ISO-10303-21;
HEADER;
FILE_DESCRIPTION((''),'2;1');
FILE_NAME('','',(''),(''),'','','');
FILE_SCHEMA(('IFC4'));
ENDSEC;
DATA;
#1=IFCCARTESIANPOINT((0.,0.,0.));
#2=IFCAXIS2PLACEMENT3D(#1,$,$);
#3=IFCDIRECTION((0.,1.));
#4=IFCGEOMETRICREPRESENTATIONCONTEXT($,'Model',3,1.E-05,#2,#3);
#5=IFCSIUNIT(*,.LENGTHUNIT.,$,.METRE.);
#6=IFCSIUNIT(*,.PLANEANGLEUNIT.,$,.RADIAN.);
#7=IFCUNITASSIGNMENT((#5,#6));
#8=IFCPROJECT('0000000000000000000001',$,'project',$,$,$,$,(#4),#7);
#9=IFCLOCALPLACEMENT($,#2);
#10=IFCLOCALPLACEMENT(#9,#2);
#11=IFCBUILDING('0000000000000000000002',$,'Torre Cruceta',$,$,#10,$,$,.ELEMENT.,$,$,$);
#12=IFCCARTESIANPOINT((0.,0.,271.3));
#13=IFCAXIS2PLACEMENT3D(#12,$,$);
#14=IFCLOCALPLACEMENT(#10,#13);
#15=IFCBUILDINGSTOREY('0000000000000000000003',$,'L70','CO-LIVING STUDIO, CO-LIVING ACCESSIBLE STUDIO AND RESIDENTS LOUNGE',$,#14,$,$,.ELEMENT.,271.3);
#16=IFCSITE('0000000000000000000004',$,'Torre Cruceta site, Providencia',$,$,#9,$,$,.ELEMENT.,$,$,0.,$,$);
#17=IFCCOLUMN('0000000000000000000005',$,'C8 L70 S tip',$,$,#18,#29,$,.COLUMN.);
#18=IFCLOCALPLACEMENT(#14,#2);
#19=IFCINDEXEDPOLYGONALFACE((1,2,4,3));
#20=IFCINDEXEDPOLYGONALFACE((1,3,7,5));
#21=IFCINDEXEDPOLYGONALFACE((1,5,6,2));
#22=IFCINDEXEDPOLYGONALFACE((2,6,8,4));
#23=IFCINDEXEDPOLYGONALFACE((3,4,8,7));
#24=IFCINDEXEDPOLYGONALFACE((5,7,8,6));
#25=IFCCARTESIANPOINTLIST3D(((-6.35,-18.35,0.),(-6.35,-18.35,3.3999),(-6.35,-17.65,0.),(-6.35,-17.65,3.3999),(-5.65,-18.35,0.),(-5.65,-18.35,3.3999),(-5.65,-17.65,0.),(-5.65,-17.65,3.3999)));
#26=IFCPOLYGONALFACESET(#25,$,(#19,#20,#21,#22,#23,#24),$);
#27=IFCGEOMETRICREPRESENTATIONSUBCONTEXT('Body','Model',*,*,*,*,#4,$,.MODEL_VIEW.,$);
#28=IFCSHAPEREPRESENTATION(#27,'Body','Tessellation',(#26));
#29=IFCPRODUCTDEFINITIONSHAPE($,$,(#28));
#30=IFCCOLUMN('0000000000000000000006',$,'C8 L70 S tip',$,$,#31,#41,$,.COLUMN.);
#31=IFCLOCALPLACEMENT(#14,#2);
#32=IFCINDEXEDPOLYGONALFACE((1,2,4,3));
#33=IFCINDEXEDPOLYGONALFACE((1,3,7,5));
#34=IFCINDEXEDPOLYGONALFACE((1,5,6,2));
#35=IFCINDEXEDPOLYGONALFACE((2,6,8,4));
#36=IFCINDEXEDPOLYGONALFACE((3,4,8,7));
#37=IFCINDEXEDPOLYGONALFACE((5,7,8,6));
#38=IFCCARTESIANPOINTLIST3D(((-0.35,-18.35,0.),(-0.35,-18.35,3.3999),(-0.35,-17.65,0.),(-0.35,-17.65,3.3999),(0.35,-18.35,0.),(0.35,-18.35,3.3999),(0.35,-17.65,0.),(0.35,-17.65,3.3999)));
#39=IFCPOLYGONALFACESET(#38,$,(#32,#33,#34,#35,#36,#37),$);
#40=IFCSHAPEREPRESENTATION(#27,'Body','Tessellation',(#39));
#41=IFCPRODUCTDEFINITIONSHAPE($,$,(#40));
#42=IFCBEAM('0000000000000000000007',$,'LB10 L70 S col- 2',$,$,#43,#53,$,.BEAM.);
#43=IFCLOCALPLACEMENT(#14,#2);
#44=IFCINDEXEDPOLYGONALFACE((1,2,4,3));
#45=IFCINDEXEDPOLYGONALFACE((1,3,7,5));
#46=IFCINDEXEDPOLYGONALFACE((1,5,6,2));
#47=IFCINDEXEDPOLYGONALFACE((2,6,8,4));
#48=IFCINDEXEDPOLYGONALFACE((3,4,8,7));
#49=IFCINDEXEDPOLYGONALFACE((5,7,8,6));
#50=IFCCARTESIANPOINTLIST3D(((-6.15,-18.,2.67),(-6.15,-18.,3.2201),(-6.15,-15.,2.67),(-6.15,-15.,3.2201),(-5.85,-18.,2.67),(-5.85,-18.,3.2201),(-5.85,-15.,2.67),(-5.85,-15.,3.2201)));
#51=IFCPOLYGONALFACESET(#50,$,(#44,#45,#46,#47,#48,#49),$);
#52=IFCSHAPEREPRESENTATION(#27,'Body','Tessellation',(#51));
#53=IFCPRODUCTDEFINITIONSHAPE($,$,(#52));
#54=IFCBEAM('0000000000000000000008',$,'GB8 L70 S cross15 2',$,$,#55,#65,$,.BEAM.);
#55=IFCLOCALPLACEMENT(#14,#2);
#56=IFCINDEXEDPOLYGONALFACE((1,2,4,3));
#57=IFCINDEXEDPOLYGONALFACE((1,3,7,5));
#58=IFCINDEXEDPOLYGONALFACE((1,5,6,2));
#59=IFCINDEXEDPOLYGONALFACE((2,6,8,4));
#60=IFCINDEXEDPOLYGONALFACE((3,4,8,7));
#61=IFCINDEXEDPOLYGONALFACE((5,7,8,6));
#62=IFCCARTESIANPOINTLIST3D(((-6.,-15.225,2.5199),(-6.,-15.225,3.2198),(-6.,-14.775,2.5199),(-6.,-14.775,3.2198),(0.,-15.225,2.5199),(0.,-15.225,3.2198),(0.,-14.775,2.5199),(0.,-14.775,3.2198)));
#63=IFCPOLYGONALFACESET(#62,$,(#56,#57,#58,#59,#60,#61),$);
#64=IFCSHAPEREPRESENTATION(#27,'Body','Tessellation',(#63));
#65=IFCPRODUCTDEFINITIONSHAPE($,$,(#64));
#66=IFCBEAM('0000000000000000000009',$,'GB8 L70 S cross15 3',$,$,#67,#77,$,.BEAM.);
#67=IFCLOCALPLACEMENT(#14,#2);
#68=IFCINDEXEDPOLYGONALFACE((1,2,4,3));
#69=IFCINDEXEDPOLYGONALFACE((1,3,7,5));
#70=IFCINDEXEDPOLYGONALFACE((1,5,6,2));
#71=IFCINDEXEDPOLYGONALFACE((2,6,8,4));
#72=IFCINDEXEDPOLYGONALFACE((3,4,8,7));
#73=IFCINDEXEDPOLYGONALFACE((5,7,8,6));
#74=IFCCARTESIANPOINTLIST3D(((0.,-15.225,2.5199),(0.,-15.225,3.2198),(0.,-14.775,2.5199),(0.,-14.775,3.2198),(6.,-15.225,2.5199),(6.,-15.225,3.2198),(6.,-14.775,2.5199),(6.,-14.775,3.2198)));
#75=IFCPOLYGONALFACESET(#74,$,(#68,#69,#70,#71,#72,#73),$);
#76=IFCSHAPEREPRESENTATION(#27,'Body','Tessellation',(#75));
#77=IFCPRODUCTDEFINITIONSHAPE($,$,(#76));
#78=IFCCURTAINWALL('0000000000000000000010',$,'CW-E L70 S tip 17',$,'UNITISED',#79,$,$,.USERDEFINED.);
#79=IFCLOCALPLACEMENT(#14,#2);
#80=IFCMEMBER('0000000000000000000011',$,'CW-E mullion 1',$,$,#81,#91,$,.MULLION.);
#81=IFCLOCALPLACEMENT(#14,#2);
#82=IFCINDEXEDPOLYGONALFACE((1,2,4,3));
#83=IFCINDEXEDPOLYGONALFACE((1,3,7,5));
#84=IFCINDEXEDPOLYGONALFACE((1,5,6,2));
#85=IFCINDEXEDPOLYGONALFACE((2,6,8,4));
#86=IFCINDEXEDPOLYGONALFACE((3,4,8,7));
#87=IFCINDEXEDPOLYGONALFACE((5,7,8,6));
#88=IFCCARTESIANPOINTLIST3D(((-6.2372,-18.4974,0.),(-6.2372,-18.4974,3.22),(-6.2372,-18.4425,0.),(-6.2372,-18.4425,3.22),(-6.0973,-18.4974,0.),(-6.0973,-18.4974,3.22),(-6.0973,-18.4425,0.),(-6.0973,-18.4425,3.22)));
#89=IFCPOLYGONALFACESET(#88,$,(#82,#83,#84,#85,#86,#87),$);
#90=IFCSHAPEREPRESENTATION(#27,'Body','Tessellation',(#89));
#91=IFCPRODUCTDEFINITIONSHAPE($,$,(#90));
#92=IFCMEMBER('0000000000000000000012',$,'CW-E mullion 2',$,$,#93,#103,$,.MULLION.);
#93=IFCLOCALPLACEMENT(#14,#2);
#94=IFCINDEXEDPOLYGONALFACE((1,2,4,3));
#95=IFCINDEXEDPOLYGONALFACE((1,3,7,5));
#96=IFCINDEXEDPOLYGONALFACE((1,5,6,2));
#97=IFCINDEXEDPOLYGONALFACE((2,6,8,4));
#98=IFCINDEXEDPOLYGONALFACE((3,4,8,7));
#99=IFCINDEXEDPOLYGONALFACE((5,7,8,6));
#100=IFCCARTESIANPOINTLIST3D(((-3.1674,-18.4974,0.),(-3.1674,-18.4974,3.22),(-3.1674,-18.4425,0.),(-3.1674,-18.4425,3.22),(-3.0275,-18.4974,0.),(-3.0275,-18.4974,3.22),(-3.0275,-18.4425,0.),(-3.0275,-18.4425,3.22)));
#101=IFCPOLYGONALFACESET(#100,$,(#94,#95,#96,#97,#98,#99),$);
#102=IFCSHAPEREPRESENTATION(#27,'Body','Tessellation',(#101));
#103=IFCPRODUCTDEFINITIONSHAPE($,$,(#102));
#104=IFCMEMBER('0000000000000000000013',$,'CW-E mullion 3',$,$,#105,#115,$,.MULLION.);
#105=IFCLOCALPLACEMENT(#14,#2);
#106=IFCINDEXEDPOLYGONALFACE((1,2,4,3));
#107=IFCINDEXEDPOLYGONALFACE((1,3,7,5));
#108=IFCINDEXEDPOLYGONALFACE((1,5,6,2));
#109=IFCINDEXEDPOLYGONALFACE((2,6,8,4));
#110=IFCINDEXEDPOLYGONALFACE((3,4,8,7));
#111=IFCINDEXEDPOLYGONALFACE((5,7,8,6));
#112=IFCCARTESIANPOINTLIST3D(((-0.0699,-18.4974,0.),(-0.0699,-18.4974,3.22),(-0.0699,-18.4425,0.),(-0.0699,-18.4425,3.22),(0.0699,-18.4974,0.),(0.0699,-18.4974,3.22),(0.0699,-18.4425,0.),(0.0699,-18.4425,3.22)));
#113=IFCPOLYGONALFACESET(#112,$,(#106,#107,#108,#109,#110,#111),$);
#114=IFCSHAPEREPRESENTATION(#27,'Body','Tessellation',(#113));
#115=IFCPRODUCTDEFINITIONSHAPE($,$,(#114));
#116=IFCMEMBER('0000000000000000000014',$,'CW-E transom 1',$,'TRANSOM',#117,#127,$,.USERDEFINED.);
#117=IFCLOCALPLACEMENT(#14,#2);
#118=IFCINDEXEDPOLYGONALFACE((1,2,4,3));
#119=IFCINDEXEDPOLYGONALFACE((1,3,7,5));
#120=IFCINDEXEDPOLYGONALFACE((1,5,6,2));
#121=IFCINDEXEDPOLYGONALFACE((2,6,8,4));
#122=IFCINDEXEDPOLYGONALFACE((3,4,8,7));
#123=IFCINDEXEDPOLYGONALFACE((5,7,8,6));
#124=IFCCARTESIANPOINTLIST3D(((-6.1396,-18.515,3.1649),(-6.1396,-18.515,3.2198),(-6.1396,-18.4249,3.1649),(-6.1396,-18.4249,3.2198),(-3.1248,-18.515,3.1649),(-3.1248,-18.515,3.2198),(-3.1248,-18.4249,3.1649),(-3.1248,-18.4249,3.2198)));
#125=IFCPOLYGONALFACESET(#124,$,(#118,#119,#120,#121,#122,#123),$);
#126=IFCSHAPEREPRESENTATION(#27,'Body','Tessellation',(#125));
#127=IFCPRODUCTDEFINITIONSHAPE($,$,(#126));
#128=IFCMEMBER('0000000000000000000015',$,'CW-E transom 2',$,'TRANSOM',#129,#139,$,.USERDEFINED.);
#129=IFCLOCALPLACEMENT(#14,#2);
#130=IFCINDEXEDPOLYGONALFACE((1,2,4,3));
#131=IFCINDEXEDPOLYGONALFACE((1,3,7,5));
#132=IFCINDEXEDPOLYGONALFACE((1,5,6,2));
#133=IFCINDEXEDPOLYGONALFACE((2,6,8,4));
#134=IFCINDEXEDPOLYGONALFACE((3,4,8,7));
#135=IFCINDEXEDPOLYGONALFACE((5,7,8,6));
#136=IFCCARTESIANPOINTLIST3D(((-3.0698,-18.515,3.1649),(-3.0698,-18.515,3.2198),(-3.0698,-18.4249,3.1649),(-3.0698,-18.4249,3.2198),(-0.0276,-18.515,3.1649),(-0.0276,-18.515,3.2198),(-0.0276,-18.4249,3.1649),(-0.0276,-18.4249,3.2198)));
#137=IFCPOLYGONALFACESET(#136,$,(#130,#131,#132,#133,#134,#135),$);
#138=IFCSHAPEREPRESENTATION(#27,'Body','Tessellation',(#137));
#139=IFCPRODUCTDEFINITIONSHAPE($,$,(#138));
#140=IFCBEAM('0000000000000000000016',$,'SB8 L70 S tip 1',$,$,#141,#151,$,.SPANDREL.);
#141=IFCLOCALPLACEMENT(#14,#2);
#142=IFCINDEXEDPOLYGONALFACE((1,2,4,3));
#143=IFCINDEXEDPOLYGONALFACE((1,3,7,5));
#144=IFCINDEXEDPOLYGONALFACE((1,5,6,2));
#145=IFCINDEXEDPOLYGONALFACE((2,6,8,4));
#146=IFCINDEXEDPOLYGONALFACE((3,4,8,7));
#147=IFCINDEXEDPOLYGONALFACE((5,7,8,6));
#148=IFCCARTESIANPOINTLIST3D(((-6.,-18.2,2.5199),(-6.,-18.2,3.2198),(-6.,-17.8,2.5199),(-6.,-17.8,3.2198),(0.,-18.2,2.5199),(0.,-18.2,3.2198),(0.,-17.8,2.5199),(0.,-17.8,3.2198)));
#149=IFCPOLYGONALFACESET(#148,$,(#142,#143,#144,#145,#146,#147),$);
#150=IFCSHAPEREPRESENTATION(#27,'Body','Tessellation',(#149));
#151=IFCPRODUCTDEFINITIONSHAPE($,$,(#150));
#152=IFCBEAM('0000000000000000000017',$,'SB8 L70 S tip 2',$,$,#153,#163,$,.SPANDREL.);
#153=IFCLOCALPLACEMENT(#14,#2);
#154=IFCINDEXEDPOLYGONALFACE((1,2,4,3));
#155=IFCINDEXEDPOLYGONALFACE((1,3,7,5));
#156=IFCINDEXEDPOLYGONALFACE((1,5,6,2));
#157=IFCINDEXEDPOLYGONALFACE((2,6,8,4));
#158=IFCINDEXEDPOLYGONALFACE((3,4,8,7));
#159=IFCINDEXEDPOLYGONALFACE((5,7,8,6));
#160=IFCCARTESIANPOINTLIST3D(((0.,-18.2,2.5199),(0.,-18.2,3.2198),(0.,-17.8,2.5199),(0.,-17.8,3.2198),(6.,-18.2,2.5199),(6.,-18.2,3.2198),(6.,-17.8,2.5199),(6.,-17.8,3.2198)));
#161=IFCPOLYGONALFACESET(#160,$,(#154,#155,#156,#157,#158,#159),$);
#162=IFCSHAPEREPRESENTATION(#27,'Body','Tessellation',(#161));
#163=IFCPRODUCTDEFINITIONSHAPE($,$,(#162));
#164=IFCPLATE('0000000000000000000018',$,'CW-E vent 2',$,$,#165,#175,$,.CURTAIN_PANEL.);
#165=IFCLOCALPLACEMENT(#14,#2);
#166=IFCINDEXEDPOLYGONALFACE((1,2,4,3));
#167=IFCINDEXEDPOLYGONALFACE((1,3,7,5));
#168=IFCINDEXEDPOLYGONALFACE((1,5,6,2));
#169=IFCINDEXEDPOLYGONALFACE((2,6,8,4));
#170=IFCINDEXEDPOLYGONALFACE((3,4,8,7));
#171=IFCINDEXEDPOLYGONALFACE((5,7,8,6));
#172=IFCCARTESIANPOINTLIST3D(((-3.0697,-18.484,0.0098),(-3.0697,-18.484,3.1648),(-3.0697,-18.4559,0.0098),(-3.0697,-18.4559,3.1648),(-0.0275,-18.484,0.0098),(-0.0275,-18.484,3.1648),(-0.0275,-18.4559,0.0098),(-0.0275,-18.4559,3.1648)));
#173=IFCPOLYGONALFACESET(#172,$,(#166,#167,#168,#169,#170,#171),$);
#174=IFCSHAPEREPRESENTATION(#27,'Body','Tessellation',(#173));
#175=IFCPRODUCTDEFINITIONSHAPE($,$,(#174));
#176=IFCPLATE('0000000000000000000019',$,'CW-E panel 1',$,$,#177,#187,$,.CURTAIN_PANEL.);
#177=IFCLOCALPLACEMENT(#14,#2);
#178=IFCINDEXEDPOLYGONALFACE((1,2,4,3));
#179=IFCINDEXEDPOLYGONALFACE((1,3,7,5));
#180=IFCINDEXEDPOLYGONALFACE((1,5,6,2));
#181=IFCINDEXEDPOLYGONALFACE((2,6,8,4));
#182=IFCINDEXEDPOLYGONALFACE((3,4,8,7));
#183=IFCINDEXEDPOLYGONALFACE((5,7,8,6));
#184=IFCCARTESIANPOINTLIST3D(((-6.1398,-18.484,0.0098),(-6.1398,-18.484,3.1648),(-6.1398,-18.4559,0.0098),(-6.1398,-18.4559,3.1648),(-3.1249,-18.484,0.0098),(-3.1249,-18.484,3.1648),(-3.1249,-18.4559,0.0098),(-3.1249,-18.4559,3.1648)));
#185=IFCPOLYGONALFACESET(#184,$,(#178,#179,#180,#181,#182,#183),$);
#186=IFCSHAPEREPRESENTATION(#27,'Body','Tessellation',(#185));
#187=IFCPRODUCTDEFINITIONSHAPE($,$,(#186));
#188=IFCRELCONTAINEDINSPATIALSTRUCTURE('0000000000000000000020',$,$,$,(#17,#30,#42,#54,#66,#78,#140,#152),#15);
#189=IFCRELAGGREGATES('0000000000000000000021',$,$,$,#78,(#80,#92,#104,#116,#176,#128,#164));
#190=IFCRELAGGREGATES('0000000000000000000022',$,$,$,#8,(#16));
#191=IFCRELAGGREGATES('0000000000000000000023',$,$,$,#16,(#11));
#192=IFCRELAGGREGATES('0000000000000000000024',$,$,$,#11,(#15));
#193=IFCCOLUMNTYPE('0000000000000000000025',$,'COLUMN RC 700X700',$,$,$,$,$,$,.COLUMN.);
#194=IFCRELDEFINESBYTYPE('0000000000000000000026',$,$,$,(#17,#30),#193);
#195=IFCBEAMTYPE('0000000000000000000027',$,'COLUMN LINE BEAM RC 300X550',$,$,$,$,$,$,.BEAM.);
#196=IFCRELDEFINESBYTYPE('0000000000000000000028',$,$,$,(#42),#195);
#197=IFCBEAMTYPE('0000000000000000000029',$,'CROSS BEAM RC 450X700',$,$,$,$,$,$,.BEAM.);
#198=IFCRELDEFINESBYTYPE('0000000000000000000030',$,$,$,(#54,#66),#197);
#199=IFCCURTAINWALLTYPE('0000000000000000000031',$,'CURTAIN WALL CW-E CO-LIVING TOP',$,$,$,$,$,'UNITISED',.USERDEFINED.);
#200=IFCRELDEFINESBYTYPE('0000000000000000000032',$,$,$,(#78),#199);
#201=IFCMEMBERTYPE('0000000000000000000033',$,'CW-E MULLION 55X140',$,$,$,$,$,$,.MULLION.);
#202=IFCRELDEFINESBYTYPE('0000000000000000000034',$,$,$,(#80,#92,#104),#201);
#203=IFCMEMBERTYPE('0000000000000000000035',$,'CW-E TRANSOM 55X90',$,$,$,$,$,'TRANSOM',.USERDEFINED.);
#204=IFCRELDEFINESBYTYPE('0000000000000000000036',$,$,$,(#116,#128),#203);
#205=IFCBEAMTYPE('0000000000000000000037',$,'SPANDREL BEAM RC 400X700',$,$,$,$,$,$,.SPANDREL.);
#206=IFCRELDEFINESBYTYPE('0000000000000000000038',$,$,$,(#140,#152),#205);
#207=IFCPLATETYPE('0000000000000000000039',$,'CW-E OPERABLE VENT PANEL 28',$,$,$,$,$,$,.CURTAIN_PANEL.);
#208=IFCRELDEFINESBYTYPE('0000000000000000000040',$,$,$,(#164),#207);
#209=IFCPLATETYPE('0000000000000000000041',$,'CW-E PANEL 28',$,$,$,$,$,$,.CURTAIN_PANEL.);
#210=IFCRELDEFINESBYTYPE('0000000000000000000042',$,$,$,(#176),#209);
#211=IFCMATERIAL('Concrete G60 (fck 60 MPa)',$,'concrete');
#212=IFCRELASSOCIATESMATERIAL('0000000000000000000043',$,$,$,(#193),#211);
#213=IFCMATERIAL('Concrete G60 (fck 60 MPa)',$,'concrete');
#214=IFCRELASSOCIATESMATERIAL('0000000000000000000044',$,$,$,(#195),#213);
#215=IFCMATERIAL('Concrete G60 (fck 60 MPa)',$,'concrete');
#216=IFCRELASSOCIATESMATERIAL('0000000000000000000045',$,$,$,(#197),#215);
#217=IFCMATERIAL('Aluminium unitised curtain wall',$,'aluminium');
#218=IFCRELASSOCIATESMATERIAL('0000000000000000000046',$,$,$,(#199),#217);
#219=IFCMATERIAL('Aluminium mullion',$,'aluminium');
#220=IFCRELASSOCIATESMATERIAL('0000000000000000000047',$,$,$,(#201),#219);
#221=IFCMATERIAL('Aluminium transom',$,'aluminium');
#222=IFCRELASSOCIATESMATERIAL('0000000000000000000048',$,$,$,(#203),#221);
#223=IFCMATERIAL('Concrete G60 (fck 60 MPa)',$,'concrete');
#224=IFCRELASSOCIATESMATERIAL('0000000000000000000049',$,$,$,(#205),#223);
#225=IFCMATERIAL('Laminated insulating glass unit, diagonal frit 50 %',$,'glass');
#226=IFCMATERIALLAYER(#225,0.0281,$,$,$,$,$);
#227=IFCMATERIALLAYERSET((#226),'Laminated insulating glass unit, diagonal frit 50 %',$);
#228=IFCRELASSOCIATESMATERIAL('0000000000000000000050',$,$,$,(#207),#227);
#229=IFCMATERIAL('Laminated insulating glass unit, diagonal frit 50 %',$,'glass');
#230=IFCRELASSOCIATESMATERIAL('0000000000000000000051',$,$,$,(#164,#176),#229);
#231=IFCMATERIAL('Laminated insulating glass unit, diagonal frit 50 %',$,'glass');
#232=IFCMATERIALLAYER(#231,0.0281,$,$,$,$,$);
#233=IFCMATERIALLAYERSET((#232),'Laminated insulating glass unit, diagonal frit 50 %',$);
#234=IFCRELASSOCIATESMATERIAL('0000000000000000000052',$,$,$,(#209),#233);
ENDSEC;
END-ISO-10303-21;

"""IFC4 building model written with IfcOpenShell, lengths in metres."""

from ifc_helpers import new_model, si_unit, direction, frame, origin, origin_2d, place, context, subcontext, project, spatial, rectangle, extrude, material, layer, layer_set, material_profile, profile_set, type_object, element, aggregate, save


model = new_model("IFC4")

# Units and contexts
model_context = context("Model", 3, precision=1e-05, world=origin(), true_north=direction((0.0, 1.0)))
body_context = subcontext(model_context, "Body", "Model", "MODEL_VIEW")
ifc_project = project(units=[si_unit("LENGTHUNIT", "METRE"), si_unit("PLANEANGLEUNIT", "RADIAN")], contexts=[model_context])

# Site, building, storey
site_placement = place(None, origin())
site = spatial("IfcSite", under=ifc_project, at=site_placement, Name="Torre Cruceta site, Providencia", CompositionType="ELEMENT", RefElevation=0.0)
building_placement = place(site_placement, origin())
building = spatial("IfcBuilding", under=site, at=building_placement, Name="Torre Cruceta", CompositionType="ELEMENT")
storey_placement = place(building_placement, frame((0.0, 0.0, 271.3)))
storey = spatial("IfcBuildingStorey", under=building, at=storey_placement, Name="L70", Description="CO-LIVING STUDIO, CO-LIVING ACCESSIBLE STUDIO AND RESIDENTS LOUNGE", CompositionType="ELEMENT", Elevation=271.3)

# Columns
ifc_material_1 = material(Name="Concrete G60 (fck 60 MPa)", Category="concrete")
ifc_material_profile_1 = material_profile(ifc_material_1, rectangle(XDim=0.7, YDim=0.7, at=origin_2d()), Name="RC 700X700")
ifc_profile_set_1 = profile_set([ifc_material_profile_1], Name="Concrete G60 (fck 60 MPa)")
column_type = type_object("IfcColumnType", Name="COLUMN RC 700X700", PredefinedType="COLUMN", material=ifc_profile_set_1)
for number, where, z_axis, x_axis, name in (
    (1, (-6.0, -18.0, 0.0), (0.0, 0.0, 1.0), (1.0, 0.0, 0.0), "C8 L70 S tip"),
    (2, (0.0, -18.0, 0.0), (0.0, 0.0, 1.0), (1.0, 0.0, 0.0), "C8 L70 S tip"),
):
    element("IfcColumn", number, at=place(storey_placement, frame(where, z_axis=z_axis, x_axis=x_axis)), inside=storey, type_object=column_type, Name=name, PredefinedType="COLUMN", context=body_context, shape_type="SweptSolid", body=[
        extrude(rectangle(XDim=0.7, YDim=0.7, at=origin_2d()), origin(), (0.0, 0.0, 1.0), 3.3999),
    ])

# Beams
ifc_material_2 = material(Name="Concrete G60 (fck 60 MPa)", Category="concrete")
ifc_material_profile_2 = material_profile(ifc_material_2, rectangle(XDim=0.3, YDim=0.55, at=origin_2d()), Name="RC 300X550")
ifc_profile_set_2 = profile_set([ifc_material_profile_2], Name="Concrete G60 (fck 60 MPa)")
beam_type_1 = type_object("IfcBeamType", Name="COLUMN LINE BEAM RC 300X550", PredefinedType="BEAM", material=ifc_profile_set_2)
beam_placement = place(storey_placement, frame((-6.0, -15.0, 2.9451), z_axis=(0.0, -1.0, 0.0), x_axis=(1.0, 0.0, 0.0)))
element("IfcBeam", 3, at=beam_placement, inside=storey, type_object=beam_type_1, Name="LB10 L70 S col- 2", PredefinedType="BEAM", context=body_context, shape_type="SweptSolid", body=[
    extrude(rectangle(XDim=0.3, YDim=0.55, at=origin_2d()), origin(), (0.0, 0.0, 1.0), 3.0),
])
ifc_material_3 = material(Name="Concrete G60 (fck 60 MPa)", Category="concrete")
ifc_material_profile_3 = material_profile(ifc_material_3, rectangle(XDim=0.45, YDim=0.7, at=origin_2d()), Name="RC 450X700")
ifc_profile_set_3 = profile_set([ifc_material_profile_3], Name="Concrete G60 (fck 60 MPa)")
beam_type_2 = type_object("IfcBeamType", Name="CROSS BEAM RC 450X700", PredefinedType="BEAM", material=ifc_profile_set_3)
for number, where, z_axis, x_axis, name in (
    (4, (-6.0, -15.0, 2.8699), (1.0, 0.0, 0.0), (0.0, 1.0, 0.0), "GB8 L70 S cross15 2"),
    (5, (0.0, -15.0, 2.8699), (1.0, 0.0, 0.0), (0.0, 1.0, 0.0), "GB8 L70 S cross15 3"),
):
    element("IfcBeam", number, at=place(storey_placement, frame(where, z_axis=z_axis, x_axis=x_axis)), inside=storey, type_object=beam_type_2, Name=name, PredefinedType="BEAM", context=body_context, shape_type="SweptSolid", body=[
        extrude(rectangle(XDim=0.45, YDim=0.7, at=origin_2d()), origin(), (0.0, 0.0, 1.0), 6.0),
    ])

# Curtain wall, members
ifc_material_4 = material(Name="Aluminium unitised curtain wall", Category="aluminium")
curtain_wall_type = type_object("IfcCurtainWallType", Name="CURTAIN WALL CW-E CO-LIVING TOP", ElementType="UNITISED", PredefinedType="USERDEFINED", material=ifc_material_4)
curtain_wall_placement = place(storey_placement, origin())
curtain_wall = element("IfcCurtainWall", 6, at=curtain_wall_placement, inside=storey, type_object=curtain_wall_type, Name="CW-E L70 S tip 17", ObjectType="UNITISED", PredefinedType="USERDEFINED")
ifc_material_5 = material(Name="Aluminium mullion", Category="aluminium")
ifc_material_profile_4 = material_profile(ifc_material_5, rectangle(XDim=0.0549, YDim=0.1399, at=origin_2d()), Name="AL 55X140")
ifc_profile_set_4 = profile_set([ifc_material_profile_4], Name="Aluminium mullion")
member_type_1 = type_object("IfcMemberType", Name="CW-E MULLION 55X140", PredefinedType="MULLION", material=ifc_profile_set_4)
member_1_placement = place(storey_placement, frame((-6.1672, -18.47, 0.0), z_axis=(0.0, 0.0, 1.0), x_axis=(0.0, 1.0, 0.0)))
member_1 = element("IfcMember", 7, at=member_1_placement, type_object=member_type_1, Name="CW-E mullion 1", PredefinedType="MULLION", context=body_context, shape_type="SweptSolid", body=[
    extrude(rectangle(XDim=0.0549, YDim=0.1399, at=origin_2d()), origin(), (0.0, 0.0, 1.0), 3.22),
])
member_2_placement = place(storey_placement, frame((-3.0974, -18.47, 0.0), z_axis=(0.0, 0.0, 1.0), x_axis=(0.0, 1.0, 0.0)))
member_2 = element("IfcMember", 8, at=member_2_placement, type_object=member_type_1, Name="CW-E mullion 2", PredefinedType="MULLION", context=body_context, shape_type="SweptSolid", body=[
    extrude(rectangle(XDim=0.0549, YDim=0.1399, at=origin_2d()), origin(), (0.0, 0.0, 1.0), 3.22),
])
member_3_placement = place(storey_placement, frame((0.0, -18.47, 0.0), z_axis=(0.0, 0.0, 1.0), x_axis=(0.0, 1.0, 0.0)))
member_3 = element("IfcMember", 9, at=member_3_placement, type_object=member_type_1, Name="CW-E mullion 3", PredefinedType="MULLION", context=body_context, shape_type="SweptSolid", body=[
    extrude(rectangle(XDim=0.0549, YDim=0.1399, at=origin_2d()), origin(), (0.0, 0.0, 1.0), 3.22),
])
ifc_material_6 = material(Name="Aluminium transom", Category="aluminium")
ifc_material_profile_5 = material_profile(ifc_material_6, rectangle(XDim=0.0901, YDim=0.0549, at=origin_2d()), Name="AL 90X55")
ifc_profile_set_5 = profile_set([ifc_material_profile_5], Name="Aluminium transom")
member_type_2 = type_object("IfcMemberType", Name="CW-E TRANSOM 55X90", ElementType="TRANSOM", PredefinedType="USERDEFINED", material=ifc_profile_set_5)
member_4_placement = place(storey_placement, frame((-6.1396, -18.47, 3.1924), z_axis=(1.0, 0.0, 0.0), x_axis=(0.0, 1.0, 0.0)))
member_4 = element("IfcMember", 10, at=member_4_placement, type_object=member_type_2, Name="CW-E transom 1", ObjectType="TRANSOM", PredefinedType="USERDEFINED", context=body_context, shape_type="SweptSolid", body=[
    extrude(rectangle(XDim=0.0901, YDim=0.0549, at=origin_2d()), origin(), (0.0, 0.0, 1.0), 3.0149),
])
member_5_placement = place(storey_placement, frame((-3.0698, -18.47, 3.1924), z_axis=(1.0, 0.0, 0.0), x_axis=(0.0, 1.0, 0.0)))
member_5 = element("IfcMember", 11, at=member_5_placement, type_object=member_type_2, Name="CW-E transom 2", ObjectType="TRANSOM", PredefinedType="USERDEFINED", context=body_context, shape_type="SweptSolid", body=[
    extrude(rectangle(XDim=0.0901, YDim=0.0549, at=origin_2d()), origin(), (0.0, 0.0, 1.0), 3.0422),
])

# Beams
ifc_material_7 = material(Name="Concrete G60 (fck 60 MPa)", Category="concrete")
ifc_material_profile_6 = material_profile(ifc_material_7, rectangle(XDim=0.3999, YDim=0.7, at=origin_2d()), Name="RC 400X700")
ifc_profile_set_6 = profile_set([ifc_material_profile_6], Name="Concrete G60 (fck 60 MPa)")
beam_type_3 = type_object("IfcBeamType", Name="SPANDREL BEAM RC 400X700", PredefinedType="SPANDREL", material=ifc_profile_set_6)
for number, where, z_axis, x_axis, name in (
    (12, (-6.0, -18.0, 2.8699), (1.0, 0.0, 0.0), (0.0, 1.0, 0.0), "SB8 L70 S tip 1"),
    (13, (0.0, -18.0, 2.8699), (1.0, 0.0, 0.0), (0.0, 1.0, 0.0), "SB8 L70 S tip 2"),
):
    element("IfcBeam", number, at=place(storey_placement, frame(where, z_axis=z_axis, x_axis=x_axis)), inside=storey, type_object=beam_type_3, Name=name, PredefinedType="SPANDREL", context=body_context, shape_type="SweptSolid", body=[
        extrude(rectangle(XDim=0.3999, YDim=0.7, at=origin_2d()), origin(), (0.0, 0.0, 1.0), 6.0),
    ])

# Plates
ifc_material_8 = material(Name="Laminated insulating glass unit, diagonal frit 50 %", Category="glass")
ifc_material_9 = material(Name="Laminated insulating glass unit, diagonal frit 50 %", Category="glass")
ifc_layer_1 = layer(ifc_material_9, 0.0281)
ifc_layer_set_1 = layer_set([ifc_layer_1], Name="Laminated insulating glass unit, diagonal frit 50 %")
plate_type_1 = type_object("IfcPlateType", Name="CW-E OPERABLE VENT PANEL 28", PredefinedType="CURTAIN_PANEL", material=ifc_layer_set_1)
plate_1_placement = place(storey_placement, frame((-1.5486, -18.47, 0.0098), z_axis=(0.0, 0.0, 1.0), x_axis=(1.0, 0.0, 0.0)))
plate_1 = element("IfcPlate", 14, at=plate_1_placement, type_object=plate_type_1, material=ifc_material_8, Name="CW-E vent 2", PredefinedType="CURTAIN_PANEL", context=body_context, shape_type="SweptSolid", body=[
    extrude(rectangle(XDim=3.0422, YDim=0.0281, at=origin_2d()), origin(), (0.0, 0.0, 1.0), 3.155),
])
ifc_material_10 = material(Name="Laminated insulating glass unit, diagonal frit 50 %", Category="glass")
ifc_layer_2 = layer(ifc_material_10, 0.0281)
ifc_layer_set_2 = layer_set([ifc_layer_2], Name="Laminated insulating glass unit, diagonal frit 50 %")
plate_type_2 = type_object("IfcPlateType", Name="CW-E PANEL 28", PredefinedType="CURTAIN_PANEL", material=ifc_layer_set_2)
plate_2_placement = place(storey_placement, frame((-4.6323, -18.47, 0.0098), z_axis=(0.0, 0.0, 1.0), x_axis=(1.0, 0.0, 0.0)))
plate_2 = element("IfcPlate", 15, at=plate_2_placement, type_object=plate_type_2, material=ifc_material_8, Name="CW-E panel 1", PredefinedType="CURTAIN_PANEL", context=body_context, shape_type="SweptSolid", body=[
    extrude(rectangle(XDim=3.0149, YDim=0.0281, at=origin_2d()), origin(), (0.0, 0.0, 1.0), 3.155),
])
aggregate(curtain_wall, [member_1, member_2, member_3, member_4, plate_2, member_5, plate_1])

save(model, "model.ifc")
